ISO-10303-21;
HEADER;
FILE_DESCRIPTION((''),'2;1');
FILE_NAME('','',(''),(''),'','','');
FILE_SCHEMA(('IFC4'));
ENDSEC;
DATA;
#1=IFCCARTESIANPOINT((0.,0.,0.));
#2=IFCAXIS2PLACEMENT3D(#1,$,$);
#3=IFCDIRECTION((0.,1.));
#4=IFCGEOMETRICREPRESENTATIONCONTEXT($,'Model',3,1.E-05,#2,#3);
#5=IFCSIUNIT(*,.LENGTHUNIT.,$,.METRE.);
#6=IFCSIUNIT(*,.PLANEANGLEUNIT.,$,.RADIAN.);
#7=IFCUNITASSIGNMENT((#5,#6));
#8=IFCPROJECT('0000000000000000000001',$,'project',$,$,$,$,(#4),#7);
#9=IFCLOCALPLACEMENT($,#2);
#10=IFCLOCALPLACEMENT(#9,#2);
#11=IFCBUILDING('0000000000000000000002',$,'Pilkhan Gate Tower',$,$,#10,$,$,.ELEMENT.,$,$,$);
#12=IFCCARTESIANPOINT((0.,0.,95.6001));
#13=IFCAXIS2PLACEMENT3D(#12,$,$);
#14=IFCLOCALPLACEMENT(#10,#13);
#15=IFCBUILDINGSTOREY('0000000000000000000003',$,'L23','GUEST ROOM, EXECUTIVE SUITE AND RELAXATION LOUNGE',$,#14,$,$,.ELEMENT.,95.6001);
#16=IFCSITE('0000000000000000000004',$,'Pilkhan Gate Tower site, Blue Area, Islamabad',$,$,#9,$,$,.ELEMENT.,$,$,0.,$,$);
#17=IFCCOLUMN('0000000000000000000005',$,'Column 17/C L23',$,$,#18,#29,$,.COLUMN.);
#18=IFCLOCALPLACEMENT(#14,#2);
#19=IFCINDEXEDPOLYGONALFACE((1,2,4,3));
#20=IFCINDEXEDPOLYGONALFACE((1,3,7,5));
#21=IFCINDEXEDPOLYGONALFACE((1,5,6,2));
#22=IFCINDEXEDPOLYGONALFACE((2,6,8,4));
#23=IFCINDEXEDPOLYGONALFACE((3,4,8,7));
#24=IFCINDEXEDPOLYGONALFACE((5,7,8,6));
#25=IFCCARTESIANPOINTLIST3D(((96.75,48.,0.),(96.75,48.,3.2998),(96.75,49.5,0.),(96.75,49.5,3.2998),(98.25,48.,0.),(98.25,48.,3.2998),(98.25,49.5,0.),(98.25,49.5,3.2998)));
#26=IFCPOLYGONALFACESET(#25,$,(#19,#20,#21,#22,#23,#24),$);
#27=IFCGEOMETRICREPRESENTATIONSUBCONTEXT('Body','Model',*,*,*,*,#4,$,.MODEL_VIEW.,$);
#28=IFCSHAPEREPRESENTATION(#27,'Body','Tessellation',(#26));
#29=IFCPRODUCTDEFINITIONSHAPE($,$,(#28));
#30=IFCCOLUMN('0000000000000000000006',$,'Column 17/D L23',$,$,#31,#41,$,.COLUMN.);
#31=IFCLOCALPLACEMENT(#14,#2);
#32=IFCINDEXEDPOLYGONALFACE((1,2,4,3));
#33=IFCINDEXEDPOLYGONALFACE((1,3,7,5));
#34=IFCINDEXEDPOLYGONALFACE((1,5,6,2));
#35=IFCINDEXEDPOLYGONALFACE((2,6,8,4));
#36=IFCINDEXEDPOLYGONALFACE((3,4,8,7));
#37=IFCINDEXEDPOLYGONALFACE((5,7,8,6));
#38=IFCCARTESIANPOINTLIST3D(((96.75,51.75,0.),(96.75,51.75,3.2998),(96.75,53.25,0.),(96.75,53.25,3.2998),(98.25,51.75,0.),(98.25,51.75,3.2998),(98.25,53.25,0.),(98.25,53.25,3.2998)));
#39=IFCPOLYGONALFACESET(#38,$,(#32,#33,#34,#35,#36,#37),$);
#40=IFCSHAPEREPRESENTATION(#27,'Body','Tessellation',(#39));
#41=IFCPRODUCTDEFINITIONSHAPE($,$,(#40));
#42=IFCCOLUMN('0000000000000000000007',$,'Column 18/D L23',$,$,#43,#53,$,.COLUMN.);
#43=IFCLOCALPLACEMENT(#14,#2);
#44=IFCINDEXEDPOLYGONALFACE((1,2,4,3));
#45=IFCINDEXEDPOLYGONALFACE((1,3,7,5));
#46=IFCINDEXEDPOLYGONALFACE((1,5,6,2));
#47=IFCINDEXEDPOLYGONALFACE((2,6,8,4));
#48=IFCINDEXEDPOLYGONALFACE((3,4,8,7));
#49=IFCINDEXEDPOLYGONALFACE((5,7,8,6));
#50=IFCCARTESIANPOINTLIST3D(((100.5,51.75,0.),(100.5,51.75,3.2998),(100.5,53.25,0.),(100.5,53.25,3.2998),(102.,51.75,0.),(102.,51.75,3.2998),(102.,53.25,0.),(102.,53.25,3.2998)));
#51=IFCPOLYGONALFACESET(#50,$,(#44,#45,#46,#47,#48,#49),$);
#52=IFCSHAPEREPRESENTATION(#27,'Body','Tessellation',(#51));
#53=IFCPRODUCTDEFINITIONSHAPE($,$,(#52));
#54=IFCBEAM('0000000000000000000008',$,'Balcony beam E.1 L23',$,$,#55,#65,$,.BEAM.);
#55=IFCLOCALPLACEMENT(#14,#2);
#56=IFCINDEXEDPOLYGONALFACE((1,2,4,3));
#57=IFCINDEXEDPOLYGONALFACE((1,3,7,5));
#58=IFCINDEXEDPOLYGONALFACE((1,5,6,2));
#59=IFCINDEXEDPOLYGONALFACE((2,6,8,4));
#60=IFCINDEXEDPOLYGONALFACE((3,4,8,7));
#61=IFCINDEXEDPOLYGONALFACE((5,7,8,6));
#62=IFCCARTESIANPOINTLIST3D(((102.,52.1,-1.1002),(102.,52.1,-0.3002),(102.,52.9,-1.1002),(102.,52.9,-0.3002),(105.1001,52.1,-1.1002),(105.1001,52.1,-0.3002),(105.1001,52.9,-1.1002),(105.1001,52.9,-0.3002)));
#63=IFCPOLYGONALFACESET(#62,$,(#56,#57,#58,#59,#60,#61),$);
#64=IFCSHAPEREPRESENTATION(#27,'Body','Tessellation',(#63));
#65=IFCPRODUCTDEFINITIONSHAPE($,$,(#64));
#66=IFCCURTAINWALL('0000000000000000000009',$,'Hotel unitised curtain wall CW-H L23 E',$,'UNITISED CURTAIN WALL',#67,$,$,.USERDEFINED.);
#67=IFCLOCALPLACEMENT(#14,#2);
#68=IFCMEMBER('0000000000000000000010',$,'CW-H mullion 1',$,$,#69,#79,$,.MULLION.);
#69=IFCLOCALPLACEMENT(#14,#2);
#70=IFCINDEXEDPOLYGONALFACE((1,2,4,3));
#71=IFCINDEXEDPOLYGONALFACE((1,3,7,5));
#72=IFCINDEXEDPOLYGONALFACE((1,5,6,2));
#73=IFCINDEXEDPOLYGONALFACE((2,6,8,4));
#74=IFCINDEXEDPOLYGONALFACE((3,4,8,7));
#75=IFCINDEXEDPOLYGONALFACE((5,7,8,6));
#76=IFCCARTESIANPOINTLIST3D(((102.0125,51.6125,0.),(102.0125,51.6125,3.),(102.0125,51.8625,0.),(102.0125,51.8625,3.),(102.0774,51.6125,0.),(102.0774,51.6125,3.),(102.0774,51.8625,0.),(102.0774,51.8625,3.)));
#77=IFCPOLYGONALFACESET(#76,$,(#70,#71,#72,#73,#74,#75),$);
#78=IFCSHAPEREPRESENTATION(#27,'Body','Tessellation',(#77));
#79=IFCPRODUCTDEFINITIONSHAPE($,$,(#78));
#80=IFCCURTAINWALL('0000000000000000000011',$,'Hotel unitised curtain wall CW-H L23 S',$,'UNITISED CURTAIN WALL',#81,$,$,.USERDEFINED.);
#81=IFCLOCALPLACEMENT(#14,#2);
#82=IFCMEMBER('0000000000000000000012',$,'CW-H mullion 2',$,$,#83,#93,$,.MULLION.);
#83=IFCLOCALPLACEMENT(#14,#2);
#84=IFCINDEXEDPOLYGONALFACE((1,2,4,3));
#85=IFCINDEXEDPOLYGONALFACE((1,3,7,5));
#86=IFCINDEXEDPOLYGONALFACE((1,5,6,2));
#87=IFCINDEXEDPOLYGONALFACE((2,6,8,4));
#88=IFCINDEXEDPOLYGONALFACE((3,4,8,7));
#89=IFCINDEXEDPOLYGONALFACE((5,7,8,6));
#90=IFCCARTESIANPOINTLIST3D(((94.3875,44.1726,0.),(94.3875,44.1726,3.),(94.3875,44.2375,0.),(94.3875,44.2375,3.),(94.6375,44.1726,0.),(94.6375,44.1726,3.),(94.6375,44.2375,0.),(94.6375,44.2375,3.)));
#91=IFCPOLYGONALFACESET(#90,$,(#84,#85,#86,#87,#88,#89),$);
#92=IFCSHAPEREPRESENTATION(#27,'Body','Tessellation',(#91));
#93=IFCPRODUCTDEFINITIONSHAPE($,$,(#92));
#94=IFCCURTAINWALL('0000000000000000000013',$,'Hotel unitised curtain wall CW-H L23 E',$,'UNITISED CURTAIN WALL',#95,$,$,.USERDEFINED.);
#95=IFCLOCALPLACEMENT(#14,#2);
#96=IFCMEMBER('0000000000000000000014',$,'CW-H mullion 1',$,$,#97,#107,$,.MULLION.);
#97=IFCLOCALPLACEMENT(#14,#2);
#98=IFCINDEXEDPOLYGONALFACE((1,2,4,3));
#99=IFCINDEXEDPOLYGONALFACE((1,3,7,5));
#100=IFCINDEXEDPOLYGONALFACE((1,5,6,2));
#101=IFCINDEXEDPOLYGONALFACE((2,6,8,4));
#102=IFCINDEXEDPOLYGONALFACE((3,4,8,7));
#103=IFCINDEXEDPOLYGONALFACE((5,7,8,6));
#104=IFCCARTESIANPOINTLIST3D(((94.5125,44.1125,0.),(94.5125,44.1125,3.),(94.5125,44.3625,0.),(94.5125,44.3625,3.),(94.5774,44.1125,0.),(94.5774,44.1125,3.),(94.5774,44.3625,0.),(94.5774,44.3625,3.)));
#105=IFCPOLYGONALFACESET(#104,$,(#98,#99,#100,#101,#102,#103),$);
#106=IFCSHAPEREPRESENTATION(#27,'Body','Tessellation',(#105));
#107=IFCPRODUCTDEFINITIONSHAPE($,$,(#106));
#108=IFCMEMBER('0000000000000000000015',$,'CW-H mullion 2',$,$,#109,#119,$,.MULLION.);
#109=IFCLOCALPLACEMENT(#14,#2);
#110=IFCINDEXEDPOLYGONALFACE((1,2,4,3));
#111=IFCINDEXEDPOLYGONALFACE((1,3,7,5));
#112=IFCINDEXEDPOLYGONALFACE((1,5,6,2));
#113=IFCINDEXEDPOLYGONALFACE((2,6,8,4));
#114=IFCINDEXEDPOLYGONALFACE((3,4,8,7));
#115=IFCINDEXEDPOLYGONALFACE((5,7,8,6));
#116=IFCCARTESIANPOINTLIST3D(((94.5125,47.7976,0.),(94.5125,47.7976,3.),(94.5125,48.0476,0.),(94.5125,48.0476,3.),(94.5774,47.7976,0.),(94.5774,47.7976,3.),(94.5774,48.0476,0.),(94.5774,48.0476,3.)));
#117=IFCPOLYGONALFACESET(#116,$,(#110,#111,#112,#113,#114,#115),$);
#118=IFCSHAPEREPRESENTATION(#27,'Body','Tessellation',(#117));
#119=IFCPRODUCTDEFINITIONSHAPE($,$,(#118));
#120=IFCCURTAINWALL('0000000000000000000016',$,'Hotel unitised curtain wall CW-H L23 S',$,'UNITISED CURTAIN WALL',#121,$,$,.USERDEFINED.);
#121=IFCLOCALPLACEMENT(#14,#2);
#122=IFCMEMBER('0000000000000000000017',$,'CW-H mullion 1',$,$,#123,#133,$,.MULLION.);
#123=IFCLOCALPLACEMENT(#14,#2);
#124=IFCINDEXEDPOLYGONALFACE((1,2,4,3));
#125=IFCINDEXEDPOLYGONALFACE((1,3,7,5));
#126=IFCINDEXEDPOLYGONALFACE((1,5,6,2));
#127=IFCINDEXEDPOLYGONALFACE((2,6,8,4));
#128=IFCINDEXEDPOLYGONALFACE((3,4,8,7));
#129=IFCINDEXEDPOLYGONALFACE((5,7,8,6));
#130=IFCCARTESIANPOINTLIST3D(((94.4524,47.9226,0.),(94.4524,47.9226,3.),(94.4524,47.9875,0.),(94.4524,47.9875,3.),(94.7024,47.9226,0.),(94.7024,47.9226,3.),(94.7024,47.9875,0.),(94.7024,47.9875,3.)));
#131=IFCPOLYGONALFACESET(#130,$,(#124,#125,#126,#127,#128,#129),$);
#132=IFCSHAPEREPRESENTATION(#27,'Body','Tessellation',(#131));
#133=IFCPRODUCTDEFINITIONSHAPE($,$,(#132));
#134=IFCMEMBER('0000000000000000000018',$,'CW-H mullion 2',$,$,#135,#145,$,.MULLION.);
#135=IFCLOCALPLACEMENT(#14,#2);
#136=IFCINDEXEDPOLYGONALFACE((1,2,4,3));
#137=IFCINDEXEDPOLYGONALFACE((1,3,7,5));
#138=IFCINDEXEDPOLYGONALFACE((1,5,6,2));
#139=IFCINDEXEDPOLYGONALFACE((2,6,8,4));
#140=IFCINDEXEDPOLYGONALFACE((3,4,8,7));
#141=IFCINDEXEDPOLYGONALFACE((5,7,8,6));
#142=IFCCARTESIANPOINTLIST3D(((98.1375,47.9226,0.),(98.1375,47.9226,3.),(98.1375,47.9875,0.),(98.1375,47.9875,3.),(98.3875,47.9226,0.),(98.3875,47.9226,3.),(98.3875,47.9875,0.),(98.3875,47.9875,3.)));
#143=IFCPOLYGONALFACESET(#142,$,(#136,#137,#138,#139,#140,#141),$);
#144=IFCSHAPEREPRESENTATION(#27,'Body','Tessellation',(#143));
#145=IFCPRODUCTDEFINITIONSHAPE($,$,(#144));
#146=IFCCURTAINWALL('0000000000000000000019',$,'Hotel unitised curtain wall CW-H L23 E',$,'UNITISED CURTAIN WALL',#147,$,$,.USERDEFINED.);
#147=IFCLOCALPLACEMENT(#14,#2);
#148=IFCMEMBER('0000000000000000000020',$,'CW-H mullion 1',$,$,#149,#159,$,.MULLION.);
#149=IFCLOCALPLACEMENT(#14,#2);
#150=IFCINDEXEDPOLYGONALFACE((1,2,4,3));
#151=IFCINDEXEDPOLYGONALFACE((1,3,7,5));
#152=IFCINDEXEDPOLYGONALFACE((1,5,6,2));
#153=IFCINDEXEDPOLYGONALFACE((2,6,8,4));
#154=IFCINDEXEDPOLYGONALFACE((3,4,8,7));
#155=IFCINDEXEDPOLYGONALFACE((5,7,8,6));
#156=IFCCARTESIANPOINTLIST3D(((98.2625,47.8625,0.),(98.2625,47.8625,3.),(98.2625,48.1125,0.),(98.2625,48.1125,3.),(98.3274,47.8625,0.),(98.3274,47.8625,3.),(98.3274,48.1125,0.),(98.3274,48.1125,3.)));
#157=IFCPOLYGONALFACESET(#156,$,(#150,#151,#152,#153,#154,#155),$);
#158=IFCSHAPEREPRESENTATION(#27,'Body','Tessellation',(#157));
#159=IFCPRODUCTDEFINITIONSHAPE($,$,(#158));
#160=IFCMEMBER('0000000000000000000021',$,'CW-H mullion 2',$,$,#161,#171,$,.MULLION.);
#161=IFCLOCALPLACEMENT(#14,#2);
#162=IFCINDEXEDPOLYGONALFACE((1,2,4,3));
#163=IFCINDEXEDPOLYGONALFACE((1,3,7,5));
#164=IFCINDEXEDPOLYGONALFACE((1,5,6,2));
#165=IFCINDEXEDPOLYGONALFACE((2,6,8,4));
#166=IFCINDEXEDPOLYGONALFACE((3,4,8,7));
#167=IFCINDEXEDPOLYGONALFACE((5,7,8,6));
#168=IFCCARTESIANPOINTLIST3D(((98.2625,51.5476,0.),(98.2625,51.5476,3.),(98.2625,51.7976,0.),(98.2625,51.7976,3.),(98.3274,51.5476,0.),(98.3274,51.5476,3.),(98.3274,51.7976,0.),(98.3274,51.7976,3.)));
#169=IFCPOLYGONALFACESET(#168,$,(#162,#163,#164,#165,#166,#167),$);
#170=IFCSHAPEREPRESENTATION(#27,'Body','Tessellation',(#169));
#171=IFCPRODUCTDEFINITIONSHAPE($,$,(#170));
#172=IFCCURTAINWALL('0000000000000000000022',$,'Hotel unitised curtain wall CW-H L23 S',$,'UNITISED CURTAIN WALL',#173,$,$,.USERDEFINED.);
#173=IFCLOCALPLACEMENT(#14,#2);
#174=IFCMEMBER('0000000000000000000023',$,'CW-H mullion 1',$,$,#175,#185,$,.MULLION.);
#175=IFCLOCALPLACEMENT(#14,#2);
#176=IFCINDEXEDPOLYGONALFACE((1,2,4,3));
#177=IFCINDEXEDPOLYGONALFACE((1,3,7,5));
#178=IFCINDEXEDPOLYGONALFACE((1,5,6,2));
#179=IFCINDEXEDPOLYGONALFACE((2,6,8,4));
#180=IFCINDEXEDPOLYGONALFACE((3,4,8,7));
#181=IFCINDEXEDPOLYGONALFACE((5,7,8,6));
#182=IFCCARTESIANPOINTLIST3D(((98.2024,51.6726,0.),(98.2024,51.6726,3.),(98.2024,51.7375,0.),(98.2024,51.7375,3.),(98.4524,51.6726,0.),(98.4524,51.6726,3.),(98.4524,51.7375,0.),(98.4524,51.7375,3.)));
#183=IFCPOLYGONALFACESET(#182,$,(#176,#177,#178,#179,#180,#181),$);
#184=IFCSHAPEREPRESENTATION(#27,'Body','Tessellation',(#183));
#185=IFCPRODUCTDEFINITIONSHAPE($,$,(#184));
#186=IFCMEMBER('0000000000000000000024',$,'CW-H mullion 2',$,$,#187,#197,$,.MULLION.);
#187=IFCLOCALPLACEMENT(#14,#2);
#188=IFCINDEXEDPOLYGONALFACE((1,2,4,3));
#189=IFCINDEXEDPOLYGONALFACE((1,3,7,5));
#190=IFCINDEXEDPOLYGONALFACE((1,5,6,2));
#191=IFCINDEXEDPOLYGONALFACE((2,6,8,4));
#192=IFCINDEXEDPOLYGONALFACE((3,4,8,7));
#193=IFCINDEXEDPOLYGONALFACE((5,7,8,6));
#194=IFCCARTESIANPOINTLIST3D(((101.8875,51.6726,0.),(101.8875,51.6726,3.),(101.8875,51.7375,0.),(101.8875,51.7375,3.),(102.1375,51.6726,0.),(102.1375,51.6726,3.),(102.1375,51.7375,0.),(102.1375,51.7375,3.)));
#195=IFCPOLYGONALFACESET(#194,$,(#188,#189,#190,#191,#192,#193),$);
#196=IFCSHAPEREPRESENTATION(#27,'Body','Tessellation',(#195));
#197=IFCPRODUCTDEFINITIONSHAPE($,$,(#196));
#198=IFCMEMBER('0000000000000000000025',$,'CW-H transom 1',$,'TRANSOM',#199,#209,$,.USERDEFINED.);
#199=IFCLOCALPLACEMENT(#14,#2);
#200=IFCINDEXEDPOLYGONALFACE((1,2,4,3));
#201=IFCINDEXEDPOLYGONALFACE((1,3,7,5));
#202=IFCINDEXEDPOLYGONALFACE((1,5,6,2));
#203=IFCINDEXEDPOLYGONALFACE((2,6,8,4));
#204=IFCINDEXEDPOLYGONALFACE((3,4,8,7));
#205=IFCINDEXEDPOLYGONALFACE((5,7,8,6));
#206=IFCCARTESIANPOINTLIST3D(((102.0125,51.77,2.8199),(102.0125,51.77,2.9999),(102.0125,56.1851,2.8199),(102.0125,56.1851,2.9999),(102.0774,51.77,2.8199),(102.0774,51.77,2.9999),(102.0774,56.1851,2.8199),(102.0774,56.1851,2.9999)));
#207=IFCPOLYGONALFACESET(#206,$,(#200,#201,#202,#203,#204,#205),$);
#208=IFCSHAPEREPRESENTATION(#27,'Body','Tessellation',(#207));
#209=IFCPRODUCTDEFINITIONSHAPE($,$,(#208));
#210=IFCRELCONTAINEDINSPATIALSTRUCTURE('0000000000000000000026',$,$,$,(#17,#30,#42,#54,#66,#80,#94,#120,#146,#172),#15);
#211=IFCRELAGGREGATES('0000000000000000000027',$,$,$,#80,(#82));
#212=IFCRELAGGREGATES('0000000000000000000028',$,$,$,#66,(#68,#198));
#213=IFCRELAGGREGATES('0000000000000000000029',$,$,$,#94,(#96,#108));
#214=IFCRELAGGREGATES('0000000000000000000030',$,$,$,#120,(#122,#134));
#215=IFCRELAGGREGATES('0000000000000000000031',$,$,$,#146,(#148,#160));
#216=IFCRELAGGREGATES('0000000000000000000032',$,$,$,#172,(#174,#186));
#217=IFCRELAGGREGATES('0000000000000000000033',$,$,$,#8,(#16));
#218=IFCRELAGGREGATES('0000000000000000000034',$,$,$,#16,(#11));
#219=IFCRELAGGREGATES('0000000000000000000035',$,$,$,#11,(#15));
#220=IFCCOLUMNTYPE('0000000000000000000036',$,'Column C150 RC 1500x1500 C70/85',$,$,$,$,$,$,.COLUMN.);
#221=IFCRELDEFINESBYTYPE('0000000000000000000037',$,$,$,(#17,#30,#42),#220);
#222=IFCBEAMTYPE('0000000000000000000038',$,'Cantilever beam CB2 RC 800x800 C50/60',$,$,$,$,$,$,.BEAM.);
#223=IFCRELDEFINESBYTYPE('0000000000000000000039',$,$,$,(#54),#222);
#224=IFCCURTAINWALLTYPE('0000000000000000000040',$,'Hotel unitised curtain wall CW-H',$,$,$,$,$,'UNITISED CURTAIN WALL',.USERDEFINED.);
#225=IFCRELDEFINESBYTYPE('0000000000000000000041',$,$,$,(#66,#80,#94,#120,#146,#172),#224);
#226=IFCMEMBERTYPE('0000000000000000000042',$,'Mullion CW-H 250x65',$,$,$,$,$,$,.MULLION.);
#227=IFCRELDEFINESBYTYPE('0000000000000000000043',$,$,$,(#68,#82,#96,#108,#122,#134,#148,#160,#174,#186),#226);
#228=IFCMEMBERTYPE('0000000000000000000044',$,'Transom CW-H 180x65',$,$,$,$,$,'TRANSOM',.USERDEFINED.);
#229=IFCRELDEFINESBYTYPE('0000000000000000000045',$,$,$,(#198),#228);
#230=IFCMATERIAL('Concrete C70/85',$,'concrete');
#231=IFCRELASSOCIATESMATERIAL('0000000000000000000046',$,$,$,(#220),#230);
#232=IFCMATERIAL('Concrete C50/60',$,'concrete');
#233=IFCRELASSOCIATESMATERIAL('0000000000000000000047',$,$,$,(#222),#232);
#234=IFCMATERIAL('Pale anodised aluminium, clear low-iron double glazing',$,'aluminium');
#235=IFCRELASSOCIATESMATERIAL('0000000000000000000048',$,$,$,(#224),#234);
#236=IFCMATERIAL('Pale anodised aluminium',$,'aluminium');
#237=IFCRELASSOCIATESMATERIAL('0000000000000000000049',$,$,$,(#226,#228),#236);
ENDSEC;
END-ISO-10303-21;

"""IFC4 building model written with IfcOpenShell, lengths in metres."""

from ifc_helpers import new_model, si_unit, direction, frame, origin, origin_2d, place, context, subcontext, project, spatial, rectangle, extrude, material, material_profile, profile_set, type_object, element, aggregate, save


model = new_model("IFC4")

# Units and contexts
model_context = context("Model", 3, precision=1e-05, world=origin(), true_north=direction((0.0, 1.0)))
body_context = subcontext(model_context, "Body", "Model", "MODEL_VIEW")
ifc_project = project(units=[si_unit("LENGTHUNIT", "METRE"), si_unit("PLANEANGLEUNIT", "RADIAN")], contexts=[model_context])

# Site, building, storey
site_placement = place(None, origin())
site = spatial("IfcSite", under=ifc_project, at=site_placement, Name="Pilkhan Gate Tower site, Blue Area, Islamabad", CompositionType="ELEMENT", RefElevation=0.0)
building_placement = place(site_placement, origin())
building = spatial("IfcBuilding", under=site, at=building_placement, Name="Pilkhan Gate Tower", CompositionType="ELEMENT")
storey_placement = place(building_placement, frame((0.0, 0.0, 95.6001)))
storey = spatial("IfcBuildingStorey", under=building, at=storey_placement, Name="L23", Description="GUEST ROOM, EXECUTIVE SUITE AND RELAXATION LOUNGE", CompositionType="ELEMENT", Elevation=95.6001)

# Columns
ifc_material_1 = material(Name="Concrete C70/85", Category="concrete")
ifc_material_profile_1 = material_profile(ifc_material_1, rectangle(XDim=1.5, YDim=1.5, at=origin_2d()), Name="RC 1500x1500")
ifc_profile_set_1 = profile_set([ifc_material_profile_1], Name="Concrete C70/85")
column_type = type_object("IfcColumnType", Name="Column C150 RC 1500x1500 C70/85", PredefinedType="COLUMN", material=ifc_profile_set_1)
for number, where, z_axis, x_axis, name in (
    (1, (97.5, 48.75, 0.0), (0.0, 0.0, 1.0), (1.0, 0.0, 0.0), "Column 17/C L23"),
    (2, (97.5, 52.5, 0.0), (0.0, 0.0, 1.0), (1.0, 0.0, 0.0), "Column 17/D L23"),
    (3, (101.25, 52.5, 0.0), (0.0, 0.0, 1.0), (1.0, 0.0, 0.0), "Column 18/D L23"),
):
    element("IfcColumn", number, at=place(storey_placement, frame(where, z_axis=z_axis, x_axis=x_axis)), inside=storey, type_object=column_type, Name=name, PredefinedType="COLUMN", context=body_context, shape_type="SweptSolid", body=[
        extrude(rectangle(XDim=1.5, YDim=1.5, at=origin_2d()), origin(), (0.0, 0.0, 1.0), 3.2998),
    ])

# Beam
ifc_material_2 = material(Name="Concrete C50/60", Category="concrete")
ifc_material_profile_2 = material_profile(ifc_material_2, rectangle(XDim=0.8, YDim=0.8, at=origin_2d()), Name="RC 800x800")
ifc_profile_set_2 = profile_set([ifc_material_profile_2], Name="Concrete C50/60")
beam_type = type_object("IfcBeamType", Name="Cantilever beam CB2 RC 800x800 C50/60", PredefinedType="BEAM", material=ifc_profile_set_2)
beam_placement = place(storey_placement, frame((102.0, 52.5, -0.7002), z_axis=(1.0, 0.0, 0.0), x_axis=(0.0, 1.0, 0.0)))
element("IfcBeam", 4, at=beam_placement, inside=storey, type_object=beam_type, Name="Balcony beam E.1 L23", PredefinedType="BEAM", context=body_context, shape_type="SweptSolid", body=[
    extrude(rectangle(XDim=0.8, YDim=0.8, at=origin_2d()), origin(), (0.0, 0.0, 1.0), 3.1001),
])

# Curtain walls, members
ifc_material_3 = material(Name="Pale anodised aluminium, clear low-iron double glazing", Category="aluminium")
curtain_wall_type = type_object("IfcCurtainWallType", Name="Hotel unitised curtain wall CW-H", ElementType="UNITISED CURTAIN WALL", PredefinedType="USERDEFINED", material=ifc_material_3)
curtain_wall_1_placement = place(storey_placement, origin())
curtain_wall_1 = element("IfcCurtainWall", 5, at=curtain_wall_1_placement, inside=storey, type_object=curtain_wall_type, Name="Hotel unitised curtain wall CW-H L23 E", ObjectType="UNITISED CURTAIN WALL", PredefinedType="USERDEFINED")
ifc_material_4 = material(Name="Pale anodised aluminium", Category="aluminium")
ifc_material_profile_3 = material_profile(ifc_material_4, rectangle(XDim=0.0649, YDim=0.25, at=origin_2d()), Name="Mullion 250x65")
ifc_profile_set_3 = profile_set([ifc_material_profile_3], Name="Pale anodised aluminium")
member_type_1 = type_object("IfcMemberType", Name="Mullion CW-H 250x65", PredefinedType="MULLION", material=ifc_profile_set_3)
member_1_placement = place(storey_placement, frame((102.0449, 51.7375, 0.0), z_axis=(0.0, 0.0, 1.0), x_axis=(-1.0, 0.0, 0.0)))
member_1 = element("IfcMember", 6, at=member_1_placement, type_object=member_type_1, Name="CW-H mullion 1", PredefinedType="MULLION", context=body_context, shape_type="SweptSolid", body=[
    extrude(rectangle(XDim=0.0649, YDim=0.25, at=origin_2d()), origin(), (0.0, 0.0, 1.0), 3.0),
])
curtain_wall_2_placement = place(storey_placement, origin())
curtain_wall_2 = element("IfcCurtainWall", 7, at=curtain_wall_2_placement, inside=storey, type_object=curtain_wall_type, Name="Hotel unitised curtain wall CW-H L23 S", ObjectType="UNITISED CURTAIN WALL", PredefinedType="USERDEFINED")
member_2_placement = place(storey_placement, frame((94.5125, 44.2051, 0.0), z_axis=(0.0, 0.0, 1.0), x_axis=(0.0, 1.0, 0.0)))
member_2 = element("IfcMember", 8, at=member_2_placement, type_object=member_type_1, Name="CW-H mullion 2", PredefinedType="MULLION", context=body_context, shape_type="SweptSolid", body=[
    extrude(rectangle(XDim=0.0649, YDim=0.25, at=origin_2d()), origin(), (0.0, 0.0, 1.0), 3.0),
])
aggregate(curtain_wall_2, [member_2])

# Curtain walls, members
curtain_wall_3_placement = place(storey_placement, origin())
curtain_wall_3 = element("IfcCurtainWall", 9, at=curtain_wall_3_placement, inside=storey, type_object=curtain_wall_type, Name="Hotel unitised curtain wall CW-H L23 E", ObjectType="UNITISED CURTAIN WALL", PredefinedType="USERDEFINED")
member_3_placement = place(storey_placement, frame((94.5449, 44.2375, 0.0), z_axis=(0.0, 0.0, 1.0), x_axis=(-1.0, 0.0, 0.0)))
member_3 = element("IfcMember", 10, at=member_3_placement, type_object=member_type_1, Name="CW-H mullion 1", PredefinedType="MULLION", context=body_context, shape_type="SweptSolid", body=[
    extrude(rectangle(XDim=0.0649, YDim=0.25, at=origin_2d()), origin(), (0.0, 0.0, 1.0), 3.0),
])
member_4_placement = place(storey_placement, frame((94.5449, 47.9226, 0.0), z_axis=(0.0, 0.0, 1.0), x_axis=(-1.0, 0.0, 0.0)))
member_4 = element("IfcMember", 11, at=member_4_placement, type_object=member_type_1, Name="CW-H mullion 2", PredefinedType="MULLION", context=body_context, shape_type="SweptSolid", body=[
    extrude(rectangle(XDim=0.0649, YDim=0.25, at=origin_2d()), origin(), (0.0, 0.0, 1.0), 3.0),
])
curtain_wall_4_placement = place(storey_placement, origin())
curtain_wall_4 = element("IfcCurtainWall", 12, at=curtain_wall_4_placement, inside=storey, type_object=curtain_wall_type, Name="Hotel unitised curtain wall CW-H L23 S", ObjectType="UNITISED CURTAIN WALL", PredefinedType="USERDEFINED")
member_5_placement = place(storey_placement, frame((94.5774, 47.9551, 0.0), z_axis=(0.0, 0.0, 1.0), x_axis=(0.0, 1.0, 0.0)))
member_5 = element("IfcMember", 13, at=member_5_placement, type_object=member_type_1, Name="CW-H mullion 1", PredefinedType="MULLION", context=body_context, shape_type="SweptSolid", body=[
    extrude(rectangle(XDim=0.0649, YDim=0.25, at=origin_2d()), origin(), (0.0, 0.0, 1.0), 3.0),
])
member_6_placement = place(storey_placement, frame((98.2625, 47.9551, 0.0), z_axis=(0.0, 0.0, 1.0), x_axis=(0.0, 1.0, 0.0)))
member_6 = element("IfcMember", 14, at=member_6_placement, type_object=member_type_1, Name="CW-H mullion 2", PredefinedType="MULLION", context=body_context, shape_type="SweptSolid", body=[
    extrude(rectangle(XDim=0.0649, YDim=0.25, at=origin_2d()), origin(), (0.0, 0.0, 1.0), 3.0),
])
curtain_wall_5_placement = place(storey_placement, origin())
curtain_wall_5 = element("IfcCurtainWall", 15, at=curtain_wall_5_placement, inside=storey, type_object=curtain_wall_type, Name="Hotel unitised curtain wall CW-H L23 E", ObjectType="UNITISED CURTAIN WALL", PredefinedType="USERDEFINED")
member_7_placement = place(storey_placement, frame((98.2949, 47.9875, 0.0), z_axis=(0.0, 0.0, 1.0), x_axis=(-1.0, 0.0, 0.0)))
member_7 = element("IfcMember", 16, at=member_7_placement, type_object=member_type_1, Name="CW-H mullion 1", PredefinedType="MULLION", context=body_context, shape_type="SweptSolid", body=[
    extrude(rectangle(XDim=0.0649, YDim=0.25, at=origin_2d()), origin(), (0.0, 0.0, 1.0), 3.0),
])
member_8_placement = place(storey_placement, frame((98.2949, 51.6726, 0.0), z_axis=(0.0, 0.0, 1.0), x_axis=(-1.0, 0.0, 0.0)))
member_8 = element("IfcMember", 17, at=member_8_placement, type_object=member_type_1, Name="CW-H mullion 2", PredefinedType="MULLION", context=body_context, shape_type="SweptSolid", body=[
    extrude(rectangle(XDim=0.0649, YDim=0.25, at=origin_2d()), origin(), (0.0, 0.0, 1.0), 3.0),
])
curtain_wall_6_placement = place(storey_placement, origin())
curtain_wall_6 = element("IfcCurtainWall", 18, at=curtain_wall_6_placement, inside=storey, type_object=curtain_wall_type, Name="Hotel unitised curtain wall CW-H L23 S", ObjectType="UNITISED CURTAIN WALL", PredefinedType="USERDEFINED")
member_9_placement = place(storey_placement, frame((98.3274, 51.7051, 0.0), z_axis=(0.0, 0.0, 1.0), x_axis=(0.0, 1.0, 0.0)))
member_9 = element("IfcMember", 19, at=member_9_placement, type_object=member_type_1, Name="CW-H mullion 1", PredefinedType="MULLION", context=body_context, shape_type="SweptSolid", body=[
    extrude(rectangle(XDim=0.0649, YDim=0.25, at=origin_2d()), origin(), (0.0, 0.0, 1.0), 3.0),
])
member_10_placement = place(storey_placement, frame((102.0125, 51.7051, 0.0), z_axis=(0.0, 0.0, 1.0), x_axis=(0.0, 1.0, 0.0)))
member_10 = element("IfcMember", 20, at=member_10_placement, type_object=member_type_1, Name="CW-H mullion 2", PredefinedType="MULLION", context=body_context, shape_type="SweptSolid", body=[
    extrude(rectangle(XDim=0.0649, YDim=0.25, at=origin_2d()), origin(), (0.0, 0.0, 1.0), 3.0),
])

# Member
ifc_material_profile_4 = material_profile(ifc_material_4, rectangle(XDim=0.0649, YDim=0.1799, at=origin_2d()), Name="Transom 180x65")
ifc_profile_set_4 = profile_set([ifc_material_profile_4], Name="Pale anodised aluminium")
member_type_2 = type_object("IfcMemberType", Name="Transom CW-H 180x65", ElementType="TRANSOM", PredefinedType="USERDEFINED", material=ifc_profile_set_4)
member_11_placement = place(storey_placement, frame((102.0449, 51.77, 2.9099), z_axis=(0.0, 1.0, 0.0), x_axis=(-1.0, 0.0, 0.0)))
member_11 = element("IfcMember", 21, at=member_11_placement, type_object=member_type_2, Name="CW-H transom 1", ObjectType="TRANSOM", PredefinedType="USERDEFINED", context=body_context, shape_type="SweptSolid", body=[
    extrude(rectangle(XDim=0.0649, YDim=0.1799, at=origin_2d()), origin(), (0.0, 0.0, 1.0), 4.415),
])
aggregate(curtain_wall_1, [member_1, member_11])

aggregate(curtain_wall_3, [member_3, member_4])
aggregate(curtain_wall_4, [member_5, member_6])
aggregate(curtain_wall_5, [member_7, member_8])
aggregate(curtain_wall_6, [member_9, member_10])

save(model, "model.ifc")
